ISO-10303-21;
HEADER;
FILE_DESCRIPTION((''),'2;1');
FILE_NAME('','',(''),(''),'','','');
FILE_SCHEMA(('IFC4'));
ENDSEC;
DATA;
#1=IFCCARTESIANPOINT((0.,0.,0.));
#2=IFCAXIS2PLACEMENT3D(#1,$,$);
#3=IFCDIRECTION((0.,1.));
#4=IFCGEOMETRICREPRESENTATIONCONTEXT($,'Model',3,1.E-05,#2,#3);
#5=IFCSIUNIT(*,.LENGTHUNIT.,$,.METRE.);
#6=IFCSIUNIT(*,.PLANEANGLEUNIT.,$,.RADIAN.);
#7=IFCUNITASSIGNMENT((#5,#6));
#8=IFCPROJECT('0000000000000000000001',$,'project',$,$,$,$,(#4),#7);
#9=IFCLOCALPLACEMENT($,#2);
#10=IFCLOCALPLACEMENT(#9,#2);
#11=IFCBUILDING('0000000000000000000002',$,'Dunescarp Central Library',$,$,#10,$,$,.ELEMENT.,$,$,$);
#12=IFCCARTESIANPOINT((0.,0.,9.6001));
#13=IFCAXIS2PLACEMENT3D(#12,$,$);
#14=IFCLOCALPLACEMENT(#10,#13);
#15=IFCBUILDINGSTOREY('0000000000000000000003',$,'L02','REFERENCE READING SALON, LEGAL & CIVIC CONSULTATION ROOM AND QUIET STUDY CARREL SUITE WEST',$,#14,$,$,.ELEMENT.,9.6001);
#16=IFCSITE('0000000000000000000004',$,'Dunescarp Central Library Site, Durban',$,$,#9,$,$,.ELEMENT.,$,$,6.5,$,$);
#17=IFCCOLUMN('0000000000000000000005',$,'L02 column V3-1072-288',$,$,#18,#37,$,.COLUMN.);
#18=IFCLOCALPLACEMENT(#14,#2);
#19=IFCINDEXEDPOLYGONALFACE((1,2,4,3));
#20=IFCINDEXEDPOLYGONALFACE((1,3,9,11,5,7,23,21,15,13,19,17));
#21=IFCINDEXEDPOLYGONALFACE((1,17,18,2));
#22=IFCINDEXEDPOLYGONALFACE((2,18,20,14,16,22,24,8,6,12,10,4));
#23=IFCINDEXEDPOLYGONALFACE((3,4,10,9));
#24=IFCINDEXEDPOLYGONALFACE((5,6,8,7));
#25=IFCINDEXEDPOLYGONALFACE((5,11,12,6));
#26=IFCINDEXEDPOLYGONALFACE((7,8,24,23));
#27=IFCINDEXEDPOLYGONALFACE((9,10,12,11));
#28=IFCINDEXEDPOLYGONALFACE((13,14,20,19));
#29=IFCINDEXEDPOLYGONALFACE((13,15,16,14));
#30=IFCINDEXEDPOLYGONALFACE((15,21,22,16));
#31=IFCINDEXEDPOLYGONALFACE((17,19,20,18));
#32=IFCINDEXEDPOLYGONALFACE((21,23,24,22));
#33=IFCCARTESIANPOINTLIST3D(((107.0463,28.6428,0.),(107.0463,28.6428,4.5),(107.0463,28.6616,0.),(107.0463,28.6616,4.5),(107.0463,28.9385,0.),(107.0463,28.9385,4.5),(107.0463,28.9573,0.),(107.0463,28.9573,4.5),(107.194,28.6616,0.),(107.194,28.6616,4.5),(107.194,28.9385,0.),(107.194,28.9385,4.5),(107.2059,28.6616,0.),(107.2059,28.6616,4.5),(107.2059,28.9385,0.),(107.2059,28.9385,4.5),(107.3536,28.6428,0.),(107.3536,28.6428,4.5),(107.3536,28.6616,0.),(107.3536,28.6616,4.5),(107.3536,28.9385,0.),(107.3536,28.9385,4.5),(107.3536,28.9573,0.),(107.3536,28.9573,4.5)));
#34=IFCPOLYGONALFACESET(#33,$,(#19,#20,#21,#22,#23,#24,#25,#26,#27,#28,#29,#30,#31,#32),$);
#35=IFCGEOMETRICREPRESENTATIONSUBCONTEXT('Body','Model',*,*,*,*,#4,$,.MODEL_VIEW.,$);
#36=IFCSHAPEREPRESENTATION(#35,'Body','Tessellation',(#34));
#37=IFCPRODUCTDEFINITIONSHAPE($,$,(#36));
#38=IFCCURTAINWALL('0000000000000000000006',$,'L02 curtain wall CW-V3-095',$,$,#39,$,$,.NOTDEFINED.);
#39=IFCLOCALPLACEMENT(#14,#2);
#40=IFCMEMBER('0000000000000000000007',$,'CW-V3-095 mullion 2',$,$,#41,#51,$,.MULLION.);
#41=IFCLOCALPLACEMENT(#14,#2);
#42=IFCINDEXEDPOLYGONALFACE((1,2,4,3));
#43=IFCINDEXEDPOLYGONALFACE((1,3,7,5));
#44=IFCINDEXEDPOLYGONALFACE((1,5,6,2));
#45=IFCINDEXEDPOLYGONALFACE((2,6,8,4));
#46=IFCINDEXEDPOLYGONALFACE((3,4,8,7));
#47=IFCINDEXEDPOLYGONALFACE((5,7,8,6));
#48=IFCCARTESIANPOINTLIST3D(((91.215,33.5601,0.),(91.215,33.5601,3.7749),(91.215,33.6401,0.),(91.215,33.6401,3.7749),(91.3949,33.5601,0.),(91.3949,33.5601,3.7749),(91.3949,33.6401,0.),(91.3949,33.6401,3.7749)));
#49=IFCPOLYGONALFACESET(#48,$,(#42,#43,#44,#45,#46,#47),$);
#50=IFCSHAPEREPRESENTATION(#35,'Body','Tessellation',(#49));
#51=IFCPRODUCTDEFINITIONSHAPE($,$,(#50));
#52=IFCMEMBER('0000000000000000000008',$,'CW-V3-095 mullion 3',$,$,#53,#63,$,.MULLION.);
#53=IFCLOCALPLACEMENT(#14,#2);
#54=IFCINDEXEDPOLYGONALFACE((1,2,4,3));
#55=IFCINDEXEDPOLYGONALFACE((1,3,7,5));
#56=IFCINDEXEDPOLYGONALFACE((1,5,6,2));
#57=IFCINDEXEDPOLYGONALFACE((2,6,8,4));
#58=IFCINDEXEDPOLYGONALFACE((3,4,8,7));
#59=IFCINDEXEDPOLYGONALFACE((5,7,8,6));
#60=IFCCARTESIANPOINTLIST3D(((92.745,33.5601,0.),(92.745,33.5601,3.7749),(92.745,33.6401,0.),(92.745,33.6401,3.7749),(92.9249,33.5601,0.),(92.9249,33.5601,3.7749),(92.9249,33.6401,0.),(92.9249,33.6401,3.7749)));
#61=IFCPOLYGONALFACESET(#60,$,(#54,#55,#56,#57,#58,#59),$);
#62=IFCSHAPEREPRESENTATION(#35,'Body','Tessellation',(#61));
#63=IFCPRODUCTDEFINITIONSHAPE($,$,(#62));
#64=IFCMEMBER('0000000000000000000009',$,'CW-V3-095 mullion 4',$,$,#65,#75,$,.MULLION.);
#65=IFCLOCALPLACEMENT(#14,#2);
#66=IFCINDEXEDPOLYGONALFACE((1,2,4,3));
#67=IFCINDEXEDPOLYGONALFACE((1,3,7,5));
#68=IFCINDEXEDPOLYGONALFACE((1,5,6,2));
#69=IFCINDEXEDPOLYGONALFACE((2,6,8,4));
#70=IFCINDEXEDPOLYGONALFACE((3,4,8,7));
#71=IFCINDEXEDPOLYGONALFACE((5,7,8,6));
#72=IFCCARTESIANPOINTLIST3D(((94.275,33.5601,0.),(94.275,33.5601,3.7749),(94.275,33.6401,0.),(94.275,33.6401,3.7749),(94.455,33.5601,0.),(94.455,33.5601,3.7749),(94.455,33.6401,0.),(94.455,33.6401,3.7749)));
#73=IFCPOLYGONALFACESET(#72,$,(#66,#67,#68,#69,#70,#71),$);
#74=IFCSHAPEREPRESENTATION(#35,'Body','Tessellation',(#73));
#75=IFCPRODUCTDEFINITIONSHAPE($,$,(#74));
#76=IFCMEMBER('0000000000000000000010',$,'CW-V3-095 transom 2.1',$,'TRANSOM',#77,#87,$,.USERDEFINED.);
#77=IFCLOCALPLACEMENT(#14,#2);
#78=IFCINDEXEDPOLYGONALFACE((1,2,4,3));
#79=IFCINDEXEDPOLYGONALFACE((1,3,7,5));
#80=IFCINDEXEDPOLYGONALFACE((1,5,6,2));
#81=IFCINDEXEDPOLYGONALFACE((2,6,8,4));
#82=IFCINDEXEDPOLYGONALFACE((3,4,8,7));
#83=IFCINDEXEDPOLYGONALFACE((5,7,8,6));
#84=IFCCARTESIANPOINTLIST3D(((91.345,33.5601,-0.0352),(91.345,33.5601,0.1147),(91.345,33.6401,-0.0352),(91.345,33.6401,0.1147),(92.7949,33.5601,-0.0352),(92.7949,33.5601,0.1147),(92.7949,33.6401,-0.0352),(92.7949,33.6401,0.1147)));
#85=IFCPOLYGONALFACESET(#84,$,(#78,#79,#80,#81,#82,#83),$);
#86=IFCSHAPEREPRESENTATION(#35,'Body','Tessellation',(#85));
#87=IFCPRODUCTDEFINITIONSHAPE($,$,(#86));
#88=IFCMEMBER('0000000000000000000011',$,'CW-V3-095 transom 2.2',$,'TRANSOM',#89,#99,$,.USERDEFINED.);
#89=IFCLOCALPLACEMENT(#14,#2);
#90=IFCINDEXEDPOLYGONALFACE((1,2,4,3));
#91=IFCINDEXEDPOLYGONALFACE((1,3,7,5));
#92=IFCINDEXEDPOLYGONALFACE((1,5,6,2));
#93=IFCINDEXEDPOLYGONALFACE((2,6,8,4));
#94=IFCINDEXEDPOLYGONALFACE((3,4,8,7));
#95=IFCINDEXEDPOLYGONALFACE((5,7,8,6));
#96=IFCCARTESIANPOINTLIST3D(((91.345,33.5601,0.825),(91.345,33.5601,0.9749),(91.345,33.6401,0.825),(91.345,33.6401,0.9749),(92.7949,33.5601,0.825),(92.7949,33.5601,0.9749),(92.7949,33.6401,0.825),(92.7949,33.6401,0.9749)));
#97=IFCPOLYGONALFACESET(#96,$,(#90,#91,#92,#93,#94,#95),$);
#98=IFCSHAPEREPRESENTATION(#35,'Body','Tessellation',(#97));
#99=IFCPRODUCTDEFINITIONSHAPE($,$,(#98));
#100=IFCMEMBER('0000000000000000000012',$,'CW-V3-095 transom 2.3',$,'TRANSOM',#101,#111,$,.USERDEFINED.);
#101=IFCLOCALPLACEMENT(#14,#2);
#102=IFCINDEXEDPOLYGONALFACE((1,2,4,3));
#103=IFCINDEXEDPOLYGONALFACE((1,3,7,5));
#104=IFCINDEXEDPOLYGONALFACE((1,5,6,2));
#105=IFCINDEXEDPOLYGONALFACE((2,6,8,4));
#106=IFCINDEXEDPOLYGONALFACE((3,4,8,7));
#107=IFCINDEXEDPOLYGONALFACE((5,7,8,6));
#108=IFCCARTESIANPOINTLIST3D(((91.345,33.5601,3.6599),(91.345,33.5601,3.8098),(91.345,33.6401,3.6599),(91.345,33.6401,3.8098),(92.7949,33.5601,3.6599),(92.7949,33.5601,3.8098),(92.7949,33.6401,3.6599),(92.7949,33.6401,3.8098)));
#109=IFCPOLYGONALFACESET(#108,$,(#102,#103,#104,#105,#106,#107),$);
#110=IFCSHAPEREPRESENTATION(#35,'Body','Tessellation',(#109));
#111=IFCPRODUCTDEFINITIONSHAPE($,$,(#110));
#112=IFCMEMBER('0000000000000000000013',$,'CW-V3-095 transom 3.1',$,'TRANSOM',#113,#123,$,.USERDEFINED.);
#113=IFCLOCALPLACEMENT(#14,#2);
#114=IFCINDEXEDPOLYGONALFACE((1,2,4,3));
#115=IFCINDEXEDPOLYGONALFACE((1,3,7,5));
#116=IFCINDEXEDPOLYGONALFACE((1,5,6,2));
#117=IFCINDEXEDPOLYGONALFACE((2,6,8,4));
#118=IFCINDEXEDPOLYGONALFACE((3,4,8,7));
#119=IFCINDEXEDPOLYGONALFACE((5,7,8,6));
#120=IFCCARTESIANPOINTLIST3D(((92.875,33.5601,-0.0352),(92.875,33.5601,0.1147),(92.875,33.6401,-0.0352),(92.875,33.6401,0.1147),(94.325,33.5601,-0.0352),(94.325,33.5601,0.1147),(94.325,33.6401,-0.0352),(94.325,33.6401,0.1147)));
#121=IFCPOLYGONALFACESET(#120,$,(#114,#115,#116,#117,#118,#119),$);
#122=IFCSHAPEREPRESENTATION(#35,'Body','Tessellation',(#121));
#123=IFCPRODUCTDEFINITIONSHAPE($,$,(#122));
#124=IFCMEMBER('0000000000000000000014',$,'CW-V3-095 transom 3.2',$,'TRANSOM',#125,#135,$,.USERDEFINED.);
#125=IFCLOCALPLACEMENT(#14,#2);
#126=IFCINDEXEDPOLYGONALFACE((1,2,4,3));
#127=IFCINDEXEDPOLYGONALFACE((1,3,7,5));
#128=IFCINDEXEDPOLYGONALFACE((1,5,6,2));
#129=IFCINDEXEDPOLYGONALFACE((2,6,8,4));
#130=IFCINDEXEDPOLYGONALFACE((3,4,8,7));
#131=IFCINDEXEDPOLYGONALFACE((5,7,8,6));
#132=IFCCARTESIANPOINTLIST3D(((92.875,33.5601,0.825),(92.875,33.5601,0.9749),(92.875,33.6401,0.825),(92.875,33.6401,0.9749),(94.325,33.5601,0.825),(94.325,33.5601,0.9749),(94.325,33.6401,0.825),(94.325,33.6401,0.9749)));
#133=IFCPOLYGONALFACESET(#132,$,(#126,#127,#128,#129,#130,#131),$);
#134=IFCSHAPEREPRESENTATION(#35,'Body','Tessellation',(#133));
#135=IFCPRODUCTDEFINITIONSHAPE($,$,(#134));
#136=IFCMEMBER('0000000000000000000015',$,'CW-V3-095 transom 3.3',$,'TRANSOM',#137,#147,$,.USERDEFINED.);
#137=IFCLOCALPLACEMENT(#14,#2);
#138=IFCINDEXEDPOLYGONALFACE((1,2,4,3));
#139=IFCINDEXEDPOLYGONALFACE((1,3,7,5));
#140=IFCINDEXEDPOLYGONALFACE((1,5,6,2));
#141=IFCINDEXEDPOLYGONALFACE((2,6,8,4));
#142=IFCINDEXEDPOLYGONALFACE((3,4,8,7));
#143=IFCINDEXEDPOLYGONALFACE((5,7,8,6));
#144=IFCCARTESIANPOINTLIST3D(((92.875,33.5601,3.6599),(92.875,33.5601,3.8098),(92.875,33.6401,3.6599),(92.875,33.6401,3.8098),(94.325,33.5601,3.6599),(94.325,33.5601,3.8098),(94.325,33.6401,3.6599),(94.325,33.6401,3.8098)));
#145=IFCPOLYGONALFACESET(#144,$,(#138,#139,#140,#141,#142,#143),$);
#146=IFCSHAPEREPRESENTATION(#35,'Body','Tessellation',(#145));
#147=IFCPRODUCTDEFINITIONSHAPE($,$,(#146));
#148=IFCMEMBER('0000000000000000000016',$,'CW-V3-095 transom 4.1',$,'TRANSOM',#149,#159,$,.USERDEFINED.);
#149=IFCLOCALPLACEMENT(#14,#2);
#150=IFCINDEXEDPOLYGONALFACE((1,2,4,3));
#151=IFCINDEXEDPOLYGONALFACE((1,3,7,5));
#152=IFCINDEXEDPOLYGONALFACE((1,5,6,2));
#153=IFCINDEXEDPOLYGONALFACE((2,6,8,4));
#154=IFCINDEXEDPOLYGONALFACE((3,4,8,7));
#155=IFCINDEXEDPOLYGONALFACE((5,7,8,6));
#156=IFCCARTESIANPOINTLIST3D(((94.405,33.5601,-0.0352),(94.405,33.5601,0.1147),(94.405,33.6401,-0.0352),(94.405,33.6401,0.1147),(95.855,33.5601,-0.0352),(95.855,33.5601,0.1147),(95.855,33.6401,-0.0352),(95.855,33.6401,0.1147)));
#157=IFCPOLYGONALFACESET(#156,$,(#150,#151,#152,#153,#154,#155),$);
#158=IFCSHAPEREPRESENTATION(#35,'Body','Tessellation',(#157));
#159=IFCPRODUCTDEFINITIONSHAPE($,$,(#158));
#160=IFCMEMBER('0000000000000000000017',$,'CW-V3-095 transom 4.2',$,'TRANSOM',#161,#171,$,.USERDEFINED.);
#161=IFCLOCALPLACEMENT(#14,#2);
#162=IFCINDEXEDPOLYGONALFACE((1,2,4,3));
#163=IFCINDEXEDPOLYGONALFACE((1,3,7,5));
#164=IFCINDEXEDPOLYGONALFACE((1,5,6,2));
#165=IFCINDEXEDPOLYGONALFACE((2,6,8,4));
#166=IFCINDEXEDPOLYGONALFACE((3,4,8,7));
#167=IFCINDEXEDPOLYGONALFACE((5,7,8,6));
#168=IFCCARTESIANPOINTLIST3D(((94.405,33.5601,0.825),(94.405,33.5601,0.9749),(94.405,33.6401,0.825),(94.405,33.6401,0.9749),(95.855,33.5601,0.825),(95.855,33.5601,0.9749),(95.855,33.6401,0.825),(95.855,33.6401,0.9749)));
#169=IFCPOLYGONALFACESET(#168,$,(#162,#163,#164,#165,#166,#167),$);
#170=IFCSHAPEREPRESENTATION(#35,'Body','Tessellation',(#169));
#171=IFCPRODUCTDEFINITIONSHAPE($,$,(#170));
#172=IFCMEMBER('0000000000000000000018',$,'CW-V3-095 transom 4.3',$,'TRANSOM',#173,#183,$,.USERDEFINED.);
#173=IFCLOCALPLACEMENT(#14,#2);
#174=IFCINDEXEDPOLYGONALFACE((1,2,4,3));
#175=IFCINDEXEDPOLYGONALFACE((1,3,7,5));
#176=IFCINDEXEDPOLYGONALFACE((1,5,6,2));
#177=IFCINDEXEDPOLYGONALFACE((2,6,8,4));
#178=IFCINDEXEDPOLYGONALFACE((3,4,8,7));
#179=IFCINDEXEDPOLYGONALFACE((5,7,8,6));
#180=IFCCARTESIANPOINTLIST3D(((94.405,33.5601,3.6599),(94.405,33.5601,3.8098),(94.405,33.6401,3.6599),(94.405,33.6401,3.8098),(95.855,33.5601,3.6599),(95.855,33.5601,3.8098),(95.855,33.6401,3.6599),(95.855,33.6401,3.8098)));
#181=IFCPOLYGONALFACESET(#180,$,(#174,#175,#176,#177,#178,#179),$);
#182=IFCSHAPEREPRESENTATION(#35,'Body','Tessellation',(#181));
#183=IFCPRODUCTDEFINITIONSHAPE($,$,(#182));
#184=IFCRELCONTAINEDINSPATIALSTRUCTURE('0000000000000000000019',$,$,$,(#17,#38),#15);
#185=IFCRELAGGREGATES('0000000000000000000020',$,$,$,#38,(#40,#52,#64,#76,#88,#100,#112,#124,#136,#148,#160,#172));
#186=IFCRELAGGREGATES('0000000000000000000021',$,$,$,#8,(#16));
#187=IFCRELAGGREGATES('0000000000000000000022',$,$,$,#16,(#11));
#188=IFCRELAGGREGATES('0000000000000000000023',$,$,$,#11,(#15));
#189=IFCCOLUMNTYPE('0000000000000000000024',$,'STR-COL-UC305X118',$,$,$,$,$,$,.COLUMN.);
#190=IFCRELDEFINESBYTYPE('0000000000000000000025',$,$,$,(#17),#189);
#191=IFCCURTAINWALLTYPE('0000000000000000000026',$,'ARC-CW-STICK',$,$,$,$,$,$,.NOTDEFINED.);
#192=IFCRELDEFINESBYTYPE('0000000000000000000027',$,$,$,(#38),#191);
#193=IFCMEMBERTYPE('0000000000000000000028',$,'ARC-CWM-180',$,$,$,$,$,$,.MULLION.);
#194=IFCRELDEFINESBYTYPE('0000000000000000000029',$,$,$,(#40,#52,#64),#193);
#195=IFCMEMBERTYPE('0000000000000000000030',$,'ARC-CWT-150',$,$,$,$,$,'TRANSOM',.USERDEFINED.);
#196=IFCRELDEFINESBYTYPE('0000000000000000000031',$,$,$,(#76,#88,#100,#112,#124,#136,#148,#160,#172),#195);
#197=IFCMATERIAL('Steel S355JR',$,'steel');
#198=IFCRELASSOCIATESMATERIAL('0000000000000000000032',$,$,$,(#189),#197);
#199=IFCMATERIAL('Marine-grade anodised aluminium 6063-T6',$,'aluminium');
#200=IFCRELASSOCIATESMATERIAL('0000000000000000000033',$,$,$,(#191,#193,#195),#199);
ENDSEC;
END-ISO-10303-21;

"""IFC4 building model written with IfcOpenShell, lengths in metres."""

from ifc_helpers import new_model, si_unit, direction, frame, origin, origin_2d, place, context, subcontext, project, spatial, rectangle, i_section, extrude, material, material_profile, profile_set, type_object, element, aggregate, save


model = new_model("IFC4")

# Units and contexts
model_context = context("Model", 3, precision=1e-05, world=origin(), true_north=direction((0.0, 1.0)))
body_context = subcontext(model_context, "Body", "Model", "MODEL_VIEW")
ifc_project = project(units=[si_unit("LENGTHUNIT", "METRE"), si_unit("PLANEANGLEUNIT", "RADIAN")], contexts=[model_context])

# Site, building, storey
site_placement = place(None, origin())
site = spatial("IfcSite", under=ifc_project, at=site_placement, Name="Dunescarp Central Library Site, Durban", CompositionType="ELEMENT", RefElevation=6.5)
building_placement = place(site_placement, origin())
building = spatial("IfcBuilding", under=site, at=building_placement, Name="Dunescarp Central Library", CompositionType="ELEMENT")
storey_placement = place(building_placement, frame((0.0, 0.0, 9.6001)))
storey = spatial("IfcBuildingStorey", under=building, at=storey_placement, Name="L02", Description="REFERENCE READING SALON, LEGAL & CIVIC CONSULTATION ROOM AND QUIET STUDY CARREL SUITE WEST", CompositionType="ELEMENT", Elevation=9.6001)

# Column
ifc_material_1 = material(Name="Steel S355JR", Category="steel")
ifc_material_profile_1 = material_profile(ifc_material_1, i_section(OverallWidth=0.3074, OverallDepth=0.3145, WebThickness=0.012, FlangeThickness=0.0188, at=origin_2d()), Name="UC 305x305x118")
ifc_profile_set_1 = profile_set([ifc_material_profile_1], Name="Steel S355JR")
column_type = type_object("IfcColumnType", Name="STR-COL-UC305X118", PredefinedType="COLUMN", material=ifc_profile_set_1)
column_placement = place(storey_placement, frame((107.2, 28.8, 0.0), z_axis=(0.0, 0.0, 1.0), x_axis=(1.0, 0.0, 0.0)))
element("IfcColumn", 1, at=column_placement, inside=storey, type_object=column_type, Name="L02 column V3-1072-288", PredefinedType="COLUMN", context=body_context, shape_type="SweptSolid", body=[
    extrude(i_section(OverallWidth=0.3074, OverallDepth=0.3145, WebThickness=0.012, FlangeThickness=0.0188, at=origin_2d()), origin(), (0.0, 0.0, 1.0), 4.5),
])

# Curtain wall, members
ifc_material_2 = material(Name="Marine-grade anodised aluminium 6063-T6", Category="aluminium")
curtain_wall_type = type_object("IfcCurtainWallType", Name="ARC-CW-STICK", PredefinedType="NOTDEFINED", material=ifc_material_2)
curtain_wall_placement = place(storey_placement, origin())
curtain_wall = element("IfcCurtainWall", 2, at=curtain_wall_placement, inside=storey, type_object=curtain_wall_type, Name="L02 curtain wall CW-V3-095", PredefinedType="NOTDEFINED")
ifc_material_profile_2 = material_profile(ifc_material_2, rectangle(XDim=0.0801, YDim=0.1799, at=origin_2d()), Name="AL 80x180")
ifc_profile_set_2 = profile_set([ifc_material_profile_2], Name="Marine-grade anodised aluminium 6063-T6")
member_type_1 = type_object("IfcMemberType", Name="ARC-CWM-180", PredefinedType="MULLION", material=ifc_profile_set_2)
member_1_placement = place(storey_placement, frame((91.3049, 33.6001, 0.0), z_axis=(0.0, 0.0, 1.0), x_axis=(0.0, 1.0, 0.0)))
member_1 = element("IfcMember", 3, at=member_1_placement, type_object=member_type_1, Name="CW-V3-095 mullion 2", PredefinedType="MULLION", context=body_context, shape_type="SweptSolid", body=[
    extrude(rectangle(XDim=0.0801, YDim=0.1799, at=origin_2d()), origin(), (0.0, 0.0, 1.0), 3.7749),
])
member_2_placement = place(storey_placement, frame((92.835, 33.6001, 0.0), z_axis=(0.0, 0.0, 1.0), x_axis=(0.0, 1.0, 0.0)))
member_2 = element("IfcMember", 4, at=member_2_placement, type_object=member_type_1, Name="CW-V3-095 mullion 3", PredefinedType="MULLION", context=body_context, shape_type="SweptSolid", body=[
    extrude(rectangle(XDim=0.0801, YDim=0.1799, at=origin_2d()), origin(), (0.0, 0.0, 1.0), 3.7749),
])
member_3_placement = place(storey_placement, frame((94.365, 33.6001, 0.0), z_axis=(0.0, 0.0, 1.0), x_axis=(0.0, 1.0, 0.0)))
member_3 = element("IfcMember", 5, at=member_3_placement, type_object=member_type_1, Name="CW-V3-095 mullion 4", PredefinedType="MULLION", context=body_context, shape_type="SweptSolid", body=[
    extrude(rectangle(XDim=0.0801, YDim=0.1799, at=origin_2d()), origin(), (0.0, 0.0, 1.0), 3.7749),
])
ifc_material_profile_3 = material_profile(ifc_material_2, rectangle(XDim=0.0801, YDim=0.1499, at=origin_2d()), Name="AL 80x150")
ifc_profile_set_3 = profile_set([ifc_material_profile_3], Name="Marine-grade anodised aluminium 6063-T6")
member_type_2 = type_object("IfcMemberType", Name="ARC-CWT-150", ElementType="TRANSOM", PredefinedType="USERDEFINED", material=ifc_profile_set_3)
member_4_placement = place(storey_placement, frame((91.345, 33.6001, 0.0398), z_axis=(1.0, 0.0, 0.0), x_axis=(0.0, 1.0, 0.0)))
member_4 = element("IfcMember", 6, at=member_4_placement, type_object=member_type_2, Name="CW-V3-095 transom 2.1", ObjectType="TRANSOM", PredefinedType="USERDEFINED", context=body_context, shape_type="SweptSolid", body=[
    extrude(rectangle(XDim=0.0801, YDim=0.1499, at=origin_2d()), origin(), (0.0, 0.0, 1.0), 1.45),
])
member_5_placement = place(storey_placement, frame((91.345, 33.6001, 0.8999), z_axis=(1.0, 0.0, 0.0), x_axis=(0.0, 1.0, 0.0)))
member_5 = element("IfcMember", 7, at=member_5_placement, type_object=member_type_2, Name="CW-V3-095 transom 2.2", ObjectType="TRANSOM", PredefinedType="USERDEFINED", context=body_context, shape_type="SweptSolid", body=[
    extrude(rectangle(XDim=0.0801, YDim=0.1499, at=origin_2d()), origin(), (0.0, 0.0, 1.0), 1.45),
])
member_6_placement = place(storey_placement, frame((91.345, 33.6001, 3.7349), z_axis=(1.0, 0.0, 0.0), x_axis=(0.0, 1.0, 0.0)))
member_6 = element("IfcMember", 8, at=member_6_placement, type_object=member_type_2, Name="CW-V3-095 transom 2.3", ObjectType="TRANSOM", PredefinedType="USERDEFINED", context=body_context, shape_type="SweptSolid", body=[
    extrude(rectangle(XDim=0.0801, YDim=0.1499, at=origin_2d()), origin(), (0.0, 0.0, 1.0), 1.45),
])
member_7_placement = place(storey_placement, frame((92.875, 33.6001, 0.0398), z_axis=(1.0, 0.0, 0.0), x_axis=(0.0, 1.0, 0.0)))
member_7 = element("IfcMember", 9, at=member_7_placement, type_object=member_type_2, Name="CW-V3-095 transom 3.1", ObjectType="TRANSOM", PredefinedType="USERDEFINED", context=body_context, shape_type="SweptSolid", body=[
    extrude(rectangle(XDim=0.0801, YDim=0.1499, at=origin_2d()), origin(), (0.0, 0.0, 1.0), 1.45),
])
member_8_placement = place(storey_placement, frame((92.875, 33.6001, 0.8999), z_axis=(1.0, 0.0, 0.0), x_axis=(0.0, 1.0, 0.0)))
member_8 = element("IfcMember", 10, at=member_8_placement, type_object=member_type_2, Name="CW-V3-095 transom 3.2", ObjectType="TRANSOM", PredefinedType="USERDEFINED", context=body_context, shape_type="SweptSolid", body=[
    extrude(rectangle(XDim=0.0801, YDim=0.1499, at=origin_2d()), origin(), (0.0, 0.0, 1.0), 1.45),
])
member_9_placement = place(storey_placement, frame((92.875, 33.6001, 3.7349), z_axis=(1.0, 0.0, 0.0), x_axis=(0.0, 1.0, 0.0)))
member_9 = element("IfcMember", 11, at=member_9_placement, type_object=member_type_2, Name="CW-V3-095 transom 3.3", ObjectType="TRANSOM", PredefinedType="USERDEFINED", context=body_context, shape_type="SweptSolid", body=[
    extrude(rectangle(XDim=0.0801, YDim=0.1499, at=origin_2d()), origin(), (0.0, 0.0, 1.0), 1.45),
])
member_10_placement = place(storey_placement, frame((94.405, 33.6001, 0.0398), z_axis=(1.0, 0.0, 0.0), x_axis=(0.0, 1.0, 0.0)))
member_10 = element("IfcMember", 12, at=member_10_placement, type_object=member_type_2, Name="CW-V3-095 transom 4.1", ObjectType="TRANSOM", PredefinedType="USERDEFINED", context=body_context, shape_type="SweptSolid", body=[
    extrude(rectangle(XDim=0.0801, YDim=0.1499, at=origin_2d()), origin(), (0.0, 0.0, 1.0), 1.45),
])
member_11_placement = place(storey_placement, frame((94.405, 33.6001, 0.8999), z_axis=(1.0, 0.0, 0.0), x_axis=(0.0, 1.0, 0.0)))
member_11 = element("IfcMember", 13, at=member_11_placement, type_object=member_type_2, Name="CW-V3-095 transom 4.2", ObjectType="TRANSOM", PredefinedType="USERDEFINED", context=body_context, shape_type="SweptSolid", body=[
    extrude(rectangle(XDim=0.0801, YDim=0.1499, at=origin_2d()), origin(), (0.0, 0.0, 1.0), 1.45),
])
member_12_placement = place(storey_placement, frame((94.405, 33.6001, 3.7349), z_axis=(1.0, 0.0, 0.0), x_axis=(0.0, 1.0, 0.0)))
member_12 = element("IfcMember", 14, at=member_12_placement, type_object=member_type_2, Name="CW-V3-095 transom 4.3", ObjectType="TRANSOM", PredefinedType="USERDEFINED", context=body_context, shape_type="SweptSolid", body=[
    extrude(rectangle(XDim=0.0801, YDim=0.1499, at=origin_2d()), origin(), (0.0, 0.0, 1.0), 1.45),
])

aggregate(curtain_wall, [member_1, member_2, member_3, member_4, member_5, member_6, member_7, member_8, member_9, member_10, member_11, member_12])

save(model, "model.ifc")
